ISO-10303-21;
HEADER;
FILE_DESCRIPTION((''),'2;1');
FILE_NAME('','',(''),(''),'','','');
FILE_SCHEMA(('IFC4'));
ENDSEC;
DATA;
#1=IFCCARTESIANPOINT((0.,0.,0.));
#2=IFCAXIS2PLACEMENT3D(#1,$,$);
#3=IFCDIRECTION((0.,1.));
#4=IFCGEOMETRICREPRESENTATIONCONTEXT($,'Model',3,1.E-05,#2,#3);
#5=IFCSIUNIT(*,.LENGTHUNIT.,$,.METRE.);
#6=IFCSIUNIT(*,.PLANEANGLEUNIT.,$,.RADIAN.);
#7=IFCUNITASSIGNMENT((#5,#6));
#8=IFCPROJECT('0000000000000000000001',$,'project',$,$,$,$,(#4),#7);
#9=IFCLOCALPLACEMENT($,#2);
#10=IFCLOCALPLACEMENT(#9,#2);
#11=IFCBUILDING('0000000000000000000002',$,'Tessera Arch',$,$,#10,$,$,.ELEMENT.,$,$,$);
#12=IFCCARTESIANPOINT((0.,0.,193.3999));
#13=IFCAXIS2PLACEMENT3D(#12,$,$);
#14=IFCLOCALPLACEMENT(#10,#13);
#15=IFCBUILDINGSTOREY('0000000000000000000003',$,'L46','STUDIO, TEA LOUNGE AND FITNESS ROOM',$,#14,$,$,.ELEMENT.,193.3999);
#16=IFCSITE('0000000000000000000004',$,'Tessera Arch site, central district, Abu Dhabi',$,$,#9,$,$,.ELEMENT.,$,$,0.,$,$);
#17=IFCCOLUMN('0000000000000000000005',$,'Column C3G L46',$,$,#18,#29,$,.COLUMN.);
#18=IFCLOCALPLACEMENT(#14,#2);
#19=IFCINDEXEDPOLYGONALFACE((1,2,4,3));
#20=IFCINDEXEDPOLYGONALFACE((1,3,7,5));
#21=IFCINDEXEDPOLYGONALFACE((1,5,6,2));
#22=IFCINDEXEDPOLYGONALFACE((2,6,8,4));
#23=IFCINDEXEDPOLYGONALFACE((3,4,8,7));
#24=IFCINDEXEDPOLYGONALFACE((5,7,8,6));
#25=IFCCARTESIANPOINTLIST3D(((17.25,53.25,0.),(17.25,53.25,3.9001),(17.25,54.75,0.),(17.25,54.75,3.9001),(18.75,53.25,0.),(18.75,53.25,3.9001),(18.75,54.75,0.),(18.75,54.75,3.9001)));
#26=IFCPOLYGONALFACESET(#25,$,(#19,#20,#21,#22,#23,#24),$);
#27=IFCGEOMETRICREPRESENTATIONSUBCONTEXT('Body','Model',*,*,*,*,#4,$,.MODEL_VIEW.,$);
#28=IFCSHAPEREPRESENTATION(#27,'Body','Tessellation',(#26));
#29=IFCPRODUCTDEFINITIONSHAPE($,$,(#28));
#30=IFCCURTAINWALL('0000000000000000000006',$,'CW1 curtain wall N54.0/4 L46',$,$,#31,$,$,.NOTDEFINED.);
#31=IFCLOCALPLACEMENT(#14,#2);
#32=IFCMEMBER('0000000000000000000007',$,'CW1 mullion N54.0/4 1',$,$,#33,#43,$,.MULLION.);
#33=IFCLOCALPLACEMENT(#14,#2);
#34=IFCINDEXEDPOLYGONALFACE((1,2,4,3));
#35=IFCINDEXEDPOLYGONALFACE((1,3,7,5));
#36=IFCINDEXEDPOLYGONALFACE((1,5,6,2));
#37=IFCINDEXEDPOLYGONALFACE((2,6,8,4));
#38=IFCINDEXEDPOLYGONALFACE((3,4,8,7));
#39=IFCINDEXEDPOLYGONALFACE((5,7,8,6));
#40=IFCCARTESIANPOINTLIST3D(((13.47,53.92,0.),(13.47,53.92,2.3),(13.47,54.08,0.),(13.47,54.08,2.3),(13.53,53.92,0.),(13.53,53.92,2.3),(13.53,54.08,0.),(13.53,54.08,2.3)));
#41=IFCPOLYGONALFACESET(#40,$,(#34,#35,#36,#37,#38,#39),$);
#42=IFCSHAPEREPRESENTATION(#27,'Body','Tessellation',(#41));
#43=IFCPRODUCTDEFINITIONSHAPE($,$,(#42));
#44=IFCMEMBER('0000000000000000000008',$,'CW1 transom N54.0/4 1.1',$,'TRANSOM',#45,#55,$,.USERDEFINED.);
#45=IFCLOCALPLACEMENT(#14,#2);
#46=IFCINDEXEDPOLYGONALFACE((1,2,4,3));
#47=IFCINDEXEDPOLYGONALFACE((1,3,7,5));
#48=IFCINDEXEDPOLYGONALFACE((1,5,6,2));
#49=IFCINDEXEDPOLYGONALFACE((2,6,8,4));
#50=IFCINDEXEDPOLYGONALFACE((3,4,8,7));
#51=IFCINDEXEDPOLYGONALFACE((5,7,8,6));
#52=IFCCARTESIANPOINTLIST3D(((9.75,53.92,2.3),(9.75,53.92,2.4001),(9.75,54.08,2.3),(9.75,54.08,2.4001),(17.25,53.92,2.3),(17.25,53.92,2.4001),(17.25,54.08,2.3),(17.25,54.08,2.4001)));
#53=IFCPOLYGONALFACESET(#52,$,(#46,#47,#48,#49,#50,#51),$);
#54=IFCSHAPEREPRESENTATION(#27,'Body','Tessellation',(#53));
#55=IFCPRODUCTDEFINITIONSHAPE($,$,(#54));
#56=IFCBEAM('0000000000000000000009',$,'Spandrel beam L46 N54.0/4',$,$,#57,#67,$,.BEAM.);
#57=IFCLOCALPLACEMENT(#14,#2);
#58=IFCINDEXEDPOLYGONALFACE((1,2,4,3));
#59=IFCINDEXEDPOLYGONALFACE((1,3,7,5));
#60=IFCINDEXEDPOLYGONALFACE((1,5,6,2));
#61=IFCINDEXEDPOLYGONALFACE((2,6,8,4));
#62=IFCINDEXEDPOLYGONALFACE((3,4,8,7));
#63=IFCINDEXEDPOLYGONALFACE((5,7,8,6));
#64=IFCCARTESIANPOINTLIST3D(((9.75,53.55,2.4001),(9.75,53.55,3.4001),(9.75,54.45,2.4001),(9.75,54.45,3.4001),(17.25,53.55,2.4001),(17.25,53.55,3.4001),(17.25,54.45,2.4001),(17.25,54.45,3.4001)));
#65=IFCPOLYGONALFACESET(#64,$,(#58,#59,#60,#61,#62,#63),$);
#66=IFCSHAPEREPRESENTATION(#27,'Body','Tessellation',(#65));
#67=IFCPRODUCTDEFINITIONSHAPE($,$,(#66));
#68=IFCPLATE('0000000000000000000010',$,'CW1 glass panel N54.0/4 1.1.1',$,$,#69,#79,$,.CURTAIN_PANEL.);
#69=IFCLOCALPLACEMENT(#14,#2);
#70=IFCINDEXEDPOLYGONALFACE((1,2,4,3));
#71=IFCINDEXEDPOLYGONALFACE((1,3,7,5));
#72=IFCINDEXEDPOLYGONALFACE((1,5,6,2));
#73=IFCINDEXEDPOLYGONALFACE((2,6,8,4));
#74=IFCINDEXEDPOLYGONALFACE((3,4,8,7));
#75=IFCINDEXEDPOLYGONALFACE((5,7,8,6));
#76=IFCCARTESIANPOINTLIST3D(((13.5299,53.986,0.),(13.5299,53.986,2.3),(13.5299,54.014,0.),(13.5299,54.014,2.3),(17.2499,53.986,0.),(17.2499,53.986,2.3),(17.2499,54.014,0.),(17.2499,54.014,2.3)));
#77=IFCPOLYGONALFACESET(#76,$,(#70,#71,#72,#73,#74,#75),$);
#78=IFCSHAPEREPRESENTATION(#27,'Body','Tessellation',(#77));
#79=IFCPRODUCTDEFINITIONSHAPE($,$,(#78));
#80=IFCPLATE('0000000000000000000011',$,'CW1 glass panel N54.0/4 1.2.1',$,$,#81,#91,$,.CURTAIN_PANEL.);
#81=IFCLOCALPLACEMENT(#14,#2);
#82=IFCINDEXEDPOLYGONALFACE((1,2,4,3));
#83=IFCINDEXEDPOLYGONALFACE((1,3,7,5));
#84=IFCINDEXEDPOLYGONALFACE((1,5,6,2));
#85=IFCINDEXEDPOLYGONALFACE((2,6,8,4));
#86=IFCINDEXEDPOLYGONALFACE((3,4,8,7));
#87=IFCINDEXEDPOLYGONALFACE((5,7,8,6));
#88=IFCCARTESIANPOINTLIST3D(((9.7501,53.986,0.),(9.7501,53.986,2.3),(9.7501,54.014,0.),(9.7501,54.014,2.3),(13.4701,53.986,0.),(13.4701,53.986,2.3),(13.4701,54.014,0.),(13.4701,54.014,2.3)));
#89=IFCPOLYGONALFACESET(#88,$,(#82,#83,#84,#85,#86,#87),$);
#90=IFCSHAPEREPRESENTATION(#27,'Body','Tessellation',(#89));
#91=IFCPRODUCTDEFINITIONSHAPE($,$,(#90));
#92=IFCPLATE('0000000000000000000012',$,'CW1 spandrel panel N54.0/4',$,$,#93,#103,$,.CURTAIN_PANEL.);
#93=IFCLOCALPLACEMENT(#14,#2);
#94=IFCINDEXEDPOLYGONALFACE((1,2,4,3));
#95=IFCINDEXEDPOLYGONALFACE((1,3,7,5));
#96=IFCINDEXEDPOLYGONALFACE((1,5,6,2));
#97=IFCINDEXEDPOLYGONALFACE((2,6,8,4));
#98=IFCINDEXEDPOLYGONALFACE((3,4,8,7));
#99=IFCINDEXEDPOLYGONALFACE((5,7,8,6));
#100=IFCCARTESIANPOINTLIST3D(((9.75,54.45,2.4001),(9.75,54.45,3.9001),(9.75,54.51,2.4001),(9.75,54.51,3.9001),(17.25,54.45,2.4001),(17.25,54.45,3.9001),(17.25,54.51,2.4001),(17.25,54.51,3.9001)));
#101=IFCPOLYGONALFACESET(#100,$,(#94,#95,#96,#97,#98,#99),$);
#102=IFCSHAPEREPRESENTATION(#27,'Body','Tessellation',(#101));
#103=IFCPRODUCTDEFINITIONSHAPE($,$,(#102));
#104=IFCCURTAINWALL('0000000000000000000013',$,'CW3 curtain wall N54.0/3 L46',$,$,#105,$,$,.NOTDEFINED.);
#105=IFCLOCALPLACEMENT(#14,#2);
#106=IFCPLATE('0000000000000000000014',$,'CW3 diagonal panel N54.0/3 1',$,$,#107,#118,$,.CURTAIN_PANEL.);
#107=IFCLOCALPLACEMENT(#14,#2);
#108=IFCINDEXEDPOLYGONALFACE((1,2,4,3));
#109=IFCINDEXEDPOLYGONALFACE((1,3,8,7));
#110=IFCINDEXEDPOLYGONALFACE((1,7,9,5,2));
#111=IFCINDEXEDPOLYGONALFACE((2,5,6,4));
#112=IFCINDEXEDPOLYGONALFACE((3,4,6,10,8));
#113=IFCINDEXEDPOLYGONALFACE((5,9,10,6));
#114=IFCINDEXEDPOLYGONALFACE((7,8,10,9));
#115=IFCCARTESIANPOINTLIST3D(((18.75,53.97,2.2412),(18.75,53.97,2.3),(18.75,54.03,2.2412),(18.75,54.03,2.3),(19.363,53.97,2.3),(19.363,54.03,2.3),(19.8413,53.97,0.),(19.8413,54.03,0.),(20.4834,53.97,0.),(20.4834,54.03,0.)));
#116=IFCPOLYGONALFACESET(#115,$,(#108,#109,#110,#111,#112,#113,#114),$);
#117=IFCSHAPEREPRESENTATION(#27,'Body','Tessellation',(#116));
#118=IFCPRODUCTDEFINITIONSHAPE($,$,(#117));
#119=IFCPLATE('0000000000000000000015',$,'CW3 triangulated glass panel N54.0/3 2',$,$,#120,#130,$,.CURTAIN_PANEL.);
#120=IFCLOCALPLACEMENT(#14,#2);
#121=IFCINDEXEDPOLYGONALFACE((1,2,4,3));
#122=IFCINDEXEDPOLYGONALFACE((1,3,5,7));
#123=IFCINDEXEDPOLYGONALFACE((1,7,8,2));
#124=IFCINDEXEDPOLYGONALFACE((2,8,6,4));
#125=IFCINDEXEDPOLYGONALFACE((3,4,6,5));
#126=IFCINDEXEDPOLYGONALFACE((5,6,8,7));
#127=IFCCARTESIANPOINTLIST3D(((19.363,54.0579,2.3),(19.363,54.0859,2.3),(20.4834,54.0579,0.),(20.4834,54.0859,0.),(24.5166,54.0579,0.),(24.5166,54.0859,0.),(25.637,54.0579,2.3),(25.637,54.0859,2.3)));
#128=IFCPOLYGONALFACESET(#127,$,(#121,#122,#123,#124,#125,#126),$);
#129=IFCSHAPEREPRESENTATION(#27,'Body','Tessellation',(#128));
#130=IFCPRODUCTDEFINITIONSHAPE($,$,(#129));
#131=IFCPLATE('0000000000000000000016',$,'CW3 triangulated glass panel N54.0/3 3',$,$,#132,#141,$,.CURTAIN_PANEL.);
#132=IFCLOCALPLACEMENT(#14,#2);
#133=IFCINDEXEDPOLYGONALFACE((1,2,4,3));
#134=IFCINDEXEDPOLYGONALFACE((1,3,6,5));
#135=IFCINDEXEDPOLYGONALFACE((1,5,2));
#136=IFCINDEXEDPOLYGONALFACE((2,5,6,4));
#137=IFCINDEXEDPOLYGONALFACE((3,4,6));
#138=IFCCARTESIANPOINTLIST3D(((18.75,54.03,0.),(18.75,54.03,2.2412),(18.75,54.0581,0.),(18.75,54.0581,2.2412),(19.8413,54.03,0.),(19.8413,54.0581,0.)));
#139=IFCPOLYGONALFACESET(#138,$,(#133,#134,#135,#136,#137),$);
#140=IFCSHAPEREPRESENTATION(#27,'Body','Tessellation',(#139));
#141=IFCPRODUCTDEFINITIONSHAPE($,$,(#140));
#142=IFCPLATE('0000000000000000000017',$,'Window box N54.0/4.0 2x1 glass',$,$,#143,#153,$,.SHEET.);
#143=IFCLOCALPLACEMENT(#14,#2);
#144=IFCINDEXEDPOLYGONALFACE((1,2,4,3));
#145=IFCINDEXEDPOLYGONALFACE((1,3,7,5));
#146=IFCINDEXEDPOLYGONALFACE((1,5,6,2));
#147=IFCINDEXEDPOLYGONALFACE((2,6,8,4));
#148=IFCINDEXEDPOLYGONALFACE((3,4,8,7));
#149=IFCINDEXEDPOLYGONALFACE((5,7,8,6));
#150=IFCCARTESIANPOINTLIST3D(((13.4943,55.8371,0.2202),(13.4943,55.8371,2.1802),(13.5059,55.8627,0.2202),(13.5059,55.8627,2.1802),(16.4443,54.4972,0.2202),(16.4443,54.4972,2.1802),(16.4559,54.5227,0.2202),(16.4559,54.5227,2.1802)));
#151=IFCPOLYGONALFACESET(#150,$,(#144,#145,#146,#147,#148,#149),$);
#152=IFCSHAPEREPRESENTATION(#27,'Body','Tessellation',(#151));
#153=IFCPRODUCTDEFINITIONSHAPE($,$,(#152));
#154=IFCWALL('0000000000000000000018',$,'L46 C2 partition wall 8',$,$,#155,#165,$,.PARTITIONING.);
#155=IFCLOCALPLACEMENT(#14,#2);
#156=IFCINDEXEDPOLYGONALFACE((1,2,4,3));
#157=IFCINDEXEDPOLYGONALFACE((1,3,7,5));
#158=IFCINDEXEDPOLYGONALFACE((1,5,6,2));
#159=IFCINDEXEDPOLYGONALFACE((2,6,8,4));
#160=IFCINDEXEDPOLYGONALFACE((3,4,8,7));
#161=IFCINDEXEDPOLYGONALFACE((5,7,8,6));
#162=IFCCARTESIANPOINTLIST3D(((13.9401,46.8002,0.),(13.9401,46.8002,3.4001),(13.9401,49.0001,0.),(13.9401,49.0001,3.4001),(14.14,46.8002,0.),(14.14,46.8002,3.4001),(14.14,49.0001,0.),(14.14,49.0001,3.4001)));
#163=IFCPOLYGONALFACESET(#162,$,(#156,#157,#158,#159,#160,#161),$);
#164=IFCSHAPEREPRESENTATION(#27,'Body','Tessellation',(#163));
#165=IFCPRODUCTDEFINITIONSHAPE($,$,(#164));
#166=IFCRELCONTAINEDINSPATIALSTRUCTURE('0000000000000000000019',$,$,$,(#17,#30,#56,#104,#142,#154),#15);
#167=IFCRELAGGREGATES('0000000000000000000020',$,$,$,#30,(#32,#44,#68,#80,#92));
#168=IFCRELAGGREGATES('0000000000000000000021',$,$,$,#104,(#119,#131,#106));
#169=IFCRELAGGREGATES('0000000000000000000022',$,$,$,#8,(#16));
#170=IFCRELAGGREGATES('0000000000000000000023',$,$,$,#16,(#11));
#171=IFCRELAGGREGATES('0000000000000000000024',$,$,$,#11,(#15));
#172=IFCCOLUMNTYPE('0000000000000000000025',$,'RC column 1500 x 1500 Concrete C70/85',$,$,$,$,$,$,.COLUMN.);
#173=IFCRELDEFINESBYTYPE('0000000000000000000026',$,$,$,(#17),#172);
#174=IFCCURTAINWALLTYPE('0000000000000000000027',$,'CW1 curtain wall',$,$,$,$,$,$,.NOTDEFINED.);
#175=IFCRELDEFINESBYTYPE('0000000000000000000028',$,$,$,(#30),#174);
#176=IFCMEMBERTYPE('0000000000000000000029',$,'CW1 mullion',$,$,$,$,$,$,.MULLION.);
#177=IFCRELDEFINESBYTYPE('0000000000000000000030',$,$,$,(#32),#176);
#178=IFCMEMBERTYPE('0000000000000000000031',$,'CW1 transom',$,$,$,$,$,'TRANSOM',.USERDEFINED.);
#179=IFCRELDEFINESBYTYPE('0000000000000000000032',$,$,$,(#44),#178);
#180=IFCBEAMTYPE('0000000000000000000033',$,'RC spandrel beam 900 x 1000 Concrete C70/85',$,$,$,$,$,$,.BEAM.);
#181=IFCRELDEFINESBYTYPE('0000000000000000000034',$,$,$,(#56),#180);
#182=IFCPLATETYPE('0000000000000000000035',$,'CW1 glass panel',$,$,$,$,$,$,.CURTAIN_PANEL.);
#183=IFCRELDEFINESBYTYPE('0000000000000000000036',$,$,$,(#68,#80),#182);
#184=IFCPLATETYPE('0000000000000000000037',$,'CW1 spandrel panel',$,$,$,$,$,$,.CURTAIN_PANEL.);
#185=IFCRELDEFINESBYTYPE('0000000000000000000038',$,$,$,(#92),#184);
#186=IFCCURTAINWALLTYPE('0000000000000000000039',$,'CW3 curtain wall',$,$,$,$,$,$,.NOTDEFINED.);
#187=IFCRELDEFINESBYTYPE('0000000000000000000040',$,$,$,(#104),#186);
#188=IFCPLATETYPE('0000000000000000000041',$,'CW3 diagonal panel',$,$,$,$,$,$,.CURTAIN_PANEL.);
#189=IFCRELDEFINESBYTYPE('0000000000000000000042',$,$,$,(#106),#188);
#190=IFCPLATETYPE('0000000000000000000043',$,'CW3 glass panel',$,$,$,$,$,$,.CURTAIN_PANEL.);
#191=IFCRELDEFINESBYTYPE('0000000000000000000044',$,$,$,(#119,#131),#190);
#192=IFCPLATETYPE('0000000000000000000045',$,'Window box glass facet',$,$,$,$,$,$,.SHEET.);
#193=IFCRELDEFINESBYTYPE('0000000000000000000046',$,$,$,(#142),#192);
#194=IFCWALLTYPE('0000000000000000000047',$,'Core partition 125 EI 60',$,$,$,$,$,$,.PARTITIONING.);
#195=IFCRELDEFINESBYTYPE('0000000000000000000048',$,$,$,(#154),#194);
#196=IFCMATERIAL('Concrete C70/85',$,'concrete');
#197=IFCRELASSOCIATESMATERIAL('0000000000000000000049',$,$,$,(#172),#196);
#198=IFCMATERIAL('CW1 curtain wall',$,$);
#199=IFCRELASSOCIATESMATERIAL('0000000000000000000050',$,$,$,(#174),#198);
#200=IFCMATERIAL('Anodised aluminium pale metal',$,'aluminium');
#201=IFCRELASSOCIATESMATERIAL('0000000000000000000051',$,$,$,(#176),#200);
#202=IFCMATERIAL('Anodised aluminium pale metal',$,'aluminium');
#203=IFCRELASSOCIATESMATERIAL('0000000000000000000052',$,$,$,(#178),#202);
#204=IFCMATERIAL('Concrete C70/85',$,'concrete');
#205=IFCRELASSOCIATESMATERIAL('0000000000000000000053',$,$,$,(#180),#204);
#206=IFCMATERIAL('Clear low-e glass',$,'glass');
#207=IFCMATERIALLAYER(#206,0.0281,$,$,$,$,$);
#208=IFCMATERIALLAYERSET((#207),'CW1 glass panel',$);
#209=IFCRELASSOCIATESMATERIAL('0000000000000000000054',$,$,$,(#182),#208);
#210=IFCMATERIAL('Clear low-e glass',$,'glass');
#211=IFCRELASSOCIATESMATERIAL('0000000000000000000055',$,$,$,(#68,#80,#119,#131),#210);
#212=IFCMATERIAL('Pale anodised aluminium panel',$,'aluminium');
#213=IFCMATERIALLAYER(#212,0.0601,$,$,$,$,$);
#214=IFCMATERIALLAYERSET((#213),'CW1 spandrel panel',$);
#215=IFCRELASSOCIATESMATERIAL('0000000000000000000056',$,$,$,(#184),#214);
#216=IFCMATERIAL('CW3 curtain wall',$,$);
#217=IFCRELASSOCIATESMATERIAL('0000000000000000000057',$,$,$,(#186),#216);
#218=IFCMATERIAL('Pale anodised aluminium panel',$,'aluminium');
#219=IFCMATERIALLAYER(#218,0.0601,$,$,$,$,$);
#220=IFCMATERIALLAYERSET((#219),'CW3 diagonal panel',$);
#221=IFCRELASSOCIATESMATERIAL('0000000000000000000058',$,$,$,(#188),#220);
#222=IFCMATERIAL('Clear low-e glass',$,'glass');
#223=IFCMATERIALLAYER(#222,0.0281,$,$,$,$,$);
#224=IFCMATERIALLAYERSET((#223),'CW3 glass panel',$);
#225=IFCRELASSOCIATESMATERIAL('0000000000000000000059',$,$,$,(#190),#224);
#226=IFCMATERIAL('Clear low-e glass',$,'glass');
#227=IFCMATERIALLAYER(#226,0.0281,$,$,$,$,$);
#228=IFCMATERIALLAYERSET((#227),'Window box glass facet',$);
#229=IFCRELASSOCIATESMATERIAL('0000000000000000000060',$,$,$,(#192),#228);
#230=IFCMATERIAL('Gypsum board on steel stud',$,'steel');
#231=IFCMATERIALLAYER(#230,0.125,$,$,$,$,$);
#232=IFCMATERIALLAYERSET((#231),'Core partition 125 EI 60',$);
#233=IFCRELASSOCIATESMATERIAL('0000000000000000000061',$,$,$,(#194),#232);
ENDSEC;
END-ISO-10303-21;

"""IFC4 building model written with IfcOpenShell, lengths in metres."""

from ifc_helpers import new_model, si_unit, direction, frame, frame_2d, origin, origin_2d, place, context, subcontext, project, spatial, polyline, rectangle, outline, extrude, material, layer, layer_set, material_profile, profile_set, type_object, element, aggregate, save


model = new_model("IFC4")

# Units and contexts
model_context = context("Model", 3, precision=1e-05, world=origin(), true_north=direction((0.0, 1.0)))
body_context = subcontext(model_context, "Body", "Model", "MODEL_VIEW")
ifc_project = project(units=[si_unit("LENGTHUNIT", "METRE"), si_unit("PLANEANGLEUNIT", "RADIAN")], contexts=[model_context])

# Site, building, storey
site_placement = place(None, origin())
site = spatial("IfcSite", under=ifc_project, at=site_placement, Name="Tessera Arch site, central district, Abu Dhabi", CompositionType="ELEMENT", RefElevation=0.0)
building_placement = place(site_placement, origin())
building = spatial("IfcBuilding", under=site, at=building_placement, Name="Tessera Arch", CompositionType="ELEMENT")
storey_placement = place(building_placement, frame((0.0, 0.0, 193.3999)))
storey = spatial("IfcBuildingStorey", under=building, at=storey_placement, Name="L46", Description="STUDIO, TEA LOUNGE AND FITNESS ROOM", CompositionType="ELEMENT", Elevation=193.3999)

# Column
ifc_material_1 = material(Name="Concrete C70/85", Category="concrete")
ifc_material_profile_1 = material_profile(ifc_material_1, rectangle(XDim=1.5, YDim=1.5, at=origin_2d()), Name="RC column 1500 x 1500 Concrete C70/85")
ifc_profile_set_1 = profile_set([ifc_material_profile_1], Name="Concrete C70/85")
column_type = type_object("IfcColumnType", Name="RC column 1500 x 1500 Concrete C70/85", PredefinedType="COLUMN", material=ifc_profile_set_1)
column_placement = place(storey_placement, frame((18.0, 54.0, 0.0), z_axis=(0.0, 0.0, 1.0), x_axis=(1.0, 0.0, 0.0)))
element("IfcColumn", 1, at=column_placement, inside=storey, type_object=column_type, Name="Column C3G L46", PredefinedType="COLUMN", context=body_context, shape_type="SweptSolid", body=[
    extrude(rectangle(XDim=1.5, YDim=1.5, at=origin_2d()), origin(), (0.0, 0.0, 1.0), 3.9001),
])

# Curtain wall, members
ifc_material_2 = material(Name="CW1 curtain wall")
curtain_wall_type_1 = type_object("IfcCurtainWallType", Name="CW1 curtain wall", PredefinedType="NOTDEFINED", material=ifc_material_2)
curtain_wall_1_placement = place(storey_placement, origin())
curtain_wall_1 = element("IfcCurtainWall", 2, at=curtain_wall_1_placement, inside=storey, type_object=curtain_wall_type_1, Name="CW1 curtain wall N54.0/4 L46", PredefinedType="NOTDEFINED")
ifc_material_3 = material(Name="Anodised aluminium pale metal", Category="aluminium")
ifc_material_profile_2 = material_profile(ifc_material_3, rectangle(XDim=0.1599, YDim=0.0601, at=origin_2d()), Name="AL 60x160")
ifc_profile_set_2 = profile_set([ifc_material_profile_2], Name="Anodised aluminium pale metal")
member_type_1 = type_object("IfcMemberType", Name="CW1 mullion", PredefinedType="MULLION", material=ifc_profile_set_2)
member_1_placement = place(storey_placement, frame((13.5, 54.0, 0.0), z_axis=(0.0, 0.0, 1.0), x_axis=(0.0, -1.0, 0.0)))
member_1 = element("IfcMember", 3, at=member_1_placement, type_object=member_type_1, Name="CW1 mullion N54.0/4 1", PredefinedType="MULLION", context=body_context, shape_type="SweptSolid", body=[
    extrude(rectangle(XDim=0.1599, YDim=0.0601, at=origin_2d()), origin(), (0.0, 0.0, 1.0), 2.3),
])
ifc_material_4 = material(Name="Anodised aluminium pale metal", Category="aluminium")
ifc_material_profile_3 = material_profile(ifc_material_4, rectangle(XDim=0.1599, YDim=0.1001, at=origin_2d()), Name="AL 160x100")
ifc_profile_set_3 = profile_set([ifc_material_profile_3], Name="Anodised aluminium pale metal")
member_type_2 = type_object("IfcMemberType", Name="CW1 transom", ElementType="TRANSOM", PredefinedType="USERDEFINED", material=ifc_profile_set_3)
member_2_placement = place(storey_placement, frame((17.25, 54.0, 2.3501), z_axis=(-1.0, 0.0, 0.0), x_axis=(0.0, -1.0, 0.0)))
member_2 = element("IfcMember", 4, at=member_2_placement, type_object=member_type_2, Name="CW1 transom N54.0/4 1.1", ObjectType="TRANSOM", PredefinedType="USERDEFINED", context=body_context, shape_type="SweptSolid", body=[
    extrude(rectangle(XDim=0.1599, YDim=0.1001, at=origin_2d()), origin(), (0.0, 0.0, 1.0), 7.5),
])

# Beam
ifc_material_5 = material(Name="Concrete C70/85", Category="concrete")
ifc_material_profile_4 = material_profile(ifc_material_5, rectangle(XDim=0.8999, YDim=1.0, at=origin_2d()), Name="RC spandrel beam 900 x 1000 Concrete C70/85")
ifc_profile_set_4 = profile_set([ifc_material_profile_4], Name="Concrete C70/85")
beam_type = type_object("IfcBeamType", Name="RC spandrel beam 900 x 1000 Concrete C70/85", PredefinedType="BEAM", material=ifc_profile_set_4)
beam_placement = place(storey_placement, frame((17.25, 54.0, 2.9001), z_axis=(-1.0, 0.0, 0.0), x_axis=(0.0, -1.0, 0.0)))
element("IfcBeam", 5, at=beam_placement, inside=storey, type_object=beam_type, Name="Spandrel beam L46 N54.0/4", PredefinedType="BEAM", context=body_context, shape_type="SweptSolid", body=[
    extrude(rectangle(XDim=0.8999, YDim=1.0, at=origin_2d()), origin(), (0.0, 0.0, 1.0), 7.5),
])

# Plates
ifc_material_6 = material(Name="Clear low-e glass", Category="glass")
ifc_material_7 = material(Name="Clear low-e glass", Category="glass")
ifc_layer_1 = layer(ifc_material_7, 0.0281)
ifc_layer_set_1 = layer_set([ifc_layer_1], Name="CW1 glass panel")
plate_type_1 = type_object("IfcPlateType", Name="CW1 glass panel", PredefinedType="CURTAIN_PANEL", material=ifc_layer_set_1)
plate_1_placement = place(storey_placement, frame((15.3899, 54.0, 0.0), z_axis=(0.0, 0.0, 1.0), x_axis=(-1.0, 0.0, 0.0)))
plate_1 = element("IfcPlate", 6, at=plate_1_placement, type_object=plate_type_1, material=ifc_material_6, Name="CW1 glass panel N54.0/4 1.1.1", PredefinedType="CURTAIN_PANEL", context=body_context, shape_type="SweptSolid", body=[
    extrude(rectangle(XDim=3.72, YDim=0.0281, at=origin_2d()), origin(), (0.0, 0.0, 1.0), 2.3),
])
plate_2_placement = place(storey_placement, frame((11.6101, 54.0, 0.0), z_axis=(0.0, 0.0, 1.0), x_axis=(-1.0, 0.0, 0.0)))
plate_2 = element("IfcPlate", 7, at=plate_2_placement, type_object=plate_type_1, material=ifc_material_6, Name="CW1 glass panel N54.0/4 1.2.1", PredefinedType="CURTAIN_PANEL", context=body_context, shape_type="SweptSolid", body=[
    extrude(rectangle(XDim=3.72, YDim=0.0281, at=origin_2d()), origin(), (0.0, 0.0, 1.0), 2.3),
])
ifc_material_8 = material(Name="Pale anodised aluminium panel", Category="aluminium")
ifc_layer_2 = layer(ifc_material_8, 0.0601)
ifc_layer_set_2 = layer_set([ifc_layer_2], Name="CW1 spandrel panel")
plate_type_2 = type_object("IfcPlateType", Name="CW1 spandrel panel", PredefinedType="CURTAIN_PANEL", material=ifc_layer_set_2)
plate_3_placement = place(storey_placement, frame((13.5, 54.48, 2.4001), z_axis=(0.0, 0.0, 1.0), x_axis=(-1.0, 0.0, 0.0)))
plate_3 = element("IfcPlate", 8, at=plate_3_placement, type_object=plate_type_2, Name="CW1 spandrel panel N54.0/4", PredefinedType="CURTAIN_PANEL", context=body_context, shape_type="SweptSolid", body=[
    extrude(rectangle(XDim=7.5, YDim=0.0601, at=origin_2d()), origin(), (0.0, 0.0, 1.0), 1.5),
])
aggregate(curtain_wall_1, [member_1, member_2, plate_1, plate_2, plate_3])

# Curtain wall, plates
ifc_material_9 = material(Name="CW3 curtain wall")
curtain_wall_type_2 = type_object("IfcCurtainWallType", Name="CW3 curtain wall", PredefinedType="NOTDEFINED", material=ifc_material_9)
curtain_wall_2_placement = place(storey_placement, origin())
curtain_wall_2 = element("IfcCurtainWall", 9, at=curtain_wall_2_placement, inside=storey, type_object=curtain_wall_type_2, Name="CW3 curtain wall N54.0/3 L46", PredefinedType="NOTDEFINED")
ifc_material_10 = material(Name="Pale anodised aluminium panel", Category="aluminium")
ifc_layer_3 = layer(ifc_material_10, 0.0601)
ifc_layer_set_3 = layer_set([ifc_layer_3], Name="CW3 diagonal panel")
plate_type_3 = type_object("IfcPlateType", Name="CW3 diagonal panel", PredefinedType="CURTAIN_PANEL", material=ifc_layer_set_3)
plate_4_placement = place(storey_placement, frame((18.75, 54.03, 2.3), z_axis=(0.0, 1.0, 0.0), x_axis=(1.0, 0.0, 0.0)))
plate_4 = element("IfcPlate", 10, at=plate_4_placement, type_object=plate_type_3, Name="CW3 diagonal panel N54.0/3 1", PredefinedType="CURTAIN_PANEL", context=body_context, shape_type="SweptSolid", body=[
    extrude(outline(polyline([(0.0, 0.0), (0.613, 0.0), (1.7334, 2.3), (1.0913, 2.3), (0.0, 0.0588), (0.0, 0.0)])), origin(), (0.0, 0.0, -1.0), 0.0601),
])
ifc_material_11 = material(Name="Clear low-e glass", Category="glass")
ifc_layer_4 = layer(ifc_material_11, 0.0281)
ifc_layer_set_4 = layer_set([ifc_layer_4], Name="CW3 glass panel")
plate_type_4 = type_object("IfcPlateType", Name="CW3 glass panel", PredefinedType="CURTAIN_PANEL", material=ifc_layer_set_4)
plate_5_placement = place(storey_placement, frame((19.363, 54.0859, 2.3), z_axis=(0.0, 1.0, 0.0), x_axis=(1.0, 0.0, 0.0)))
plate_5 = element("IfcPlate", 11, at=plate_5_placement, type_object=plate_type_4, material=ifc_material_6, Name="CW3 triangulated glass panel N54.0/3 2", PredefinedType="CURTAIN_PANEL", context=body_context, shape_type="SweptSolid", body=[
    extrude(outline(polyline([(0.0, 0.0), (6.2739, 0.0), (5.1536, 2.3), (1.1204, 2.3), (0.0, 0.0)])), origin(), (0.0, 0.0, -1.0), 0.0281),
])
plate_6_placement = place(storey_placement, frame((18.75, 54.0581, 0.0), z_axis=(0.0, 1.0, 0.0), x_axis=(0.0, 0.0, 1.0)))
plate_6 = element("IfcPlate", 12, at=plate_6_placement, type_object=plate_type_4, material=ifc_material_6, Name="CW3 triangulated glass panel N54.0/3 3", PredefinedType="CURTAIN_PANEL", context=body_context, shape_type="SweptSolid", body=[
    extrude(outline(polyline([(0.0, 0.0), (2.2412, 0.0), (0.0, 1.0913), (0.0, 0.0)])), origin(), (0.0, 0.0, -1.0), 0.0281),
])
aggregate(curtain_wall_2, [plate_5, plate_6, plate_4])

# Plate
ifc_material_12 = material(Name="Clear low-e glass", Category="glass")
ifc_layer_5 = layer(ifc_material_12, 0.0281)
ifc_layer_set_5 = layer_set([ifc_layer_5], Name="Window box glass facet")
plate_type_5 = type_object("IfcPlateType", Name="Window box glass facet", PredefinedType="SHEET", material=ifc_layer_set_5)
plate_7_placement = place(storey_placement, frame((14.9751, 55.1799, 0.2202), z_axis=(0.0, 0.0, 1.0), x_axis=(-0.910472, 0.41357, 0.0)))
element("IfcPlate", 13, at=plate_7_placement, inside=storey, type_object=plate_type_5, Name="Window box N54.0/4.0 2x1 glass", PredefinedType="SHEET", context=body_context, shape_type="SweptSolid", body=[
    extrude(rectangle(XDim=3.24, YDim=0.0281, at=origin_2d()), origin(), (0.0, 0.0, 1.0), 1.96),
])

# Wall
ifc_material_13 = material(Name="Gypsum board on steel stud", Category="steel")
ifc_layer_6 = layer(ifc_material_13, 0.125)
ifc_layer_set_6 = layer_set([ifc_layer_6], Name="Core partition 125 EI 60")
wall_type_1 = type_object("IfcWallType", Name="Core partition 125 EI 60", PredefinedType="PARTITIONING", material=ifc_layer_set_6)
wall_1_placement = place(storey_placement, frame((14.04, 46.8, 0.0), z_axis=(0.0, 0.0, 1.0), x_axis=(0.0, 1.0, 0.0)))
element("IfcWall", 14, at=wall_1_placement, inside=storey, type_object=wall_type_1, Name="L46 C2 partition wall 8", PredefinedType="PARTITIONING", context=body_context, shape_type="SweptSolid", body=[
    extrude(rectangle(XDim=2.2, YDim=0.2, at=frame_2d((1.1001, 0.0))), origin(), (0.0, 0.0, 1.0), 3.4001),
])

save(model, "model.ifc")
